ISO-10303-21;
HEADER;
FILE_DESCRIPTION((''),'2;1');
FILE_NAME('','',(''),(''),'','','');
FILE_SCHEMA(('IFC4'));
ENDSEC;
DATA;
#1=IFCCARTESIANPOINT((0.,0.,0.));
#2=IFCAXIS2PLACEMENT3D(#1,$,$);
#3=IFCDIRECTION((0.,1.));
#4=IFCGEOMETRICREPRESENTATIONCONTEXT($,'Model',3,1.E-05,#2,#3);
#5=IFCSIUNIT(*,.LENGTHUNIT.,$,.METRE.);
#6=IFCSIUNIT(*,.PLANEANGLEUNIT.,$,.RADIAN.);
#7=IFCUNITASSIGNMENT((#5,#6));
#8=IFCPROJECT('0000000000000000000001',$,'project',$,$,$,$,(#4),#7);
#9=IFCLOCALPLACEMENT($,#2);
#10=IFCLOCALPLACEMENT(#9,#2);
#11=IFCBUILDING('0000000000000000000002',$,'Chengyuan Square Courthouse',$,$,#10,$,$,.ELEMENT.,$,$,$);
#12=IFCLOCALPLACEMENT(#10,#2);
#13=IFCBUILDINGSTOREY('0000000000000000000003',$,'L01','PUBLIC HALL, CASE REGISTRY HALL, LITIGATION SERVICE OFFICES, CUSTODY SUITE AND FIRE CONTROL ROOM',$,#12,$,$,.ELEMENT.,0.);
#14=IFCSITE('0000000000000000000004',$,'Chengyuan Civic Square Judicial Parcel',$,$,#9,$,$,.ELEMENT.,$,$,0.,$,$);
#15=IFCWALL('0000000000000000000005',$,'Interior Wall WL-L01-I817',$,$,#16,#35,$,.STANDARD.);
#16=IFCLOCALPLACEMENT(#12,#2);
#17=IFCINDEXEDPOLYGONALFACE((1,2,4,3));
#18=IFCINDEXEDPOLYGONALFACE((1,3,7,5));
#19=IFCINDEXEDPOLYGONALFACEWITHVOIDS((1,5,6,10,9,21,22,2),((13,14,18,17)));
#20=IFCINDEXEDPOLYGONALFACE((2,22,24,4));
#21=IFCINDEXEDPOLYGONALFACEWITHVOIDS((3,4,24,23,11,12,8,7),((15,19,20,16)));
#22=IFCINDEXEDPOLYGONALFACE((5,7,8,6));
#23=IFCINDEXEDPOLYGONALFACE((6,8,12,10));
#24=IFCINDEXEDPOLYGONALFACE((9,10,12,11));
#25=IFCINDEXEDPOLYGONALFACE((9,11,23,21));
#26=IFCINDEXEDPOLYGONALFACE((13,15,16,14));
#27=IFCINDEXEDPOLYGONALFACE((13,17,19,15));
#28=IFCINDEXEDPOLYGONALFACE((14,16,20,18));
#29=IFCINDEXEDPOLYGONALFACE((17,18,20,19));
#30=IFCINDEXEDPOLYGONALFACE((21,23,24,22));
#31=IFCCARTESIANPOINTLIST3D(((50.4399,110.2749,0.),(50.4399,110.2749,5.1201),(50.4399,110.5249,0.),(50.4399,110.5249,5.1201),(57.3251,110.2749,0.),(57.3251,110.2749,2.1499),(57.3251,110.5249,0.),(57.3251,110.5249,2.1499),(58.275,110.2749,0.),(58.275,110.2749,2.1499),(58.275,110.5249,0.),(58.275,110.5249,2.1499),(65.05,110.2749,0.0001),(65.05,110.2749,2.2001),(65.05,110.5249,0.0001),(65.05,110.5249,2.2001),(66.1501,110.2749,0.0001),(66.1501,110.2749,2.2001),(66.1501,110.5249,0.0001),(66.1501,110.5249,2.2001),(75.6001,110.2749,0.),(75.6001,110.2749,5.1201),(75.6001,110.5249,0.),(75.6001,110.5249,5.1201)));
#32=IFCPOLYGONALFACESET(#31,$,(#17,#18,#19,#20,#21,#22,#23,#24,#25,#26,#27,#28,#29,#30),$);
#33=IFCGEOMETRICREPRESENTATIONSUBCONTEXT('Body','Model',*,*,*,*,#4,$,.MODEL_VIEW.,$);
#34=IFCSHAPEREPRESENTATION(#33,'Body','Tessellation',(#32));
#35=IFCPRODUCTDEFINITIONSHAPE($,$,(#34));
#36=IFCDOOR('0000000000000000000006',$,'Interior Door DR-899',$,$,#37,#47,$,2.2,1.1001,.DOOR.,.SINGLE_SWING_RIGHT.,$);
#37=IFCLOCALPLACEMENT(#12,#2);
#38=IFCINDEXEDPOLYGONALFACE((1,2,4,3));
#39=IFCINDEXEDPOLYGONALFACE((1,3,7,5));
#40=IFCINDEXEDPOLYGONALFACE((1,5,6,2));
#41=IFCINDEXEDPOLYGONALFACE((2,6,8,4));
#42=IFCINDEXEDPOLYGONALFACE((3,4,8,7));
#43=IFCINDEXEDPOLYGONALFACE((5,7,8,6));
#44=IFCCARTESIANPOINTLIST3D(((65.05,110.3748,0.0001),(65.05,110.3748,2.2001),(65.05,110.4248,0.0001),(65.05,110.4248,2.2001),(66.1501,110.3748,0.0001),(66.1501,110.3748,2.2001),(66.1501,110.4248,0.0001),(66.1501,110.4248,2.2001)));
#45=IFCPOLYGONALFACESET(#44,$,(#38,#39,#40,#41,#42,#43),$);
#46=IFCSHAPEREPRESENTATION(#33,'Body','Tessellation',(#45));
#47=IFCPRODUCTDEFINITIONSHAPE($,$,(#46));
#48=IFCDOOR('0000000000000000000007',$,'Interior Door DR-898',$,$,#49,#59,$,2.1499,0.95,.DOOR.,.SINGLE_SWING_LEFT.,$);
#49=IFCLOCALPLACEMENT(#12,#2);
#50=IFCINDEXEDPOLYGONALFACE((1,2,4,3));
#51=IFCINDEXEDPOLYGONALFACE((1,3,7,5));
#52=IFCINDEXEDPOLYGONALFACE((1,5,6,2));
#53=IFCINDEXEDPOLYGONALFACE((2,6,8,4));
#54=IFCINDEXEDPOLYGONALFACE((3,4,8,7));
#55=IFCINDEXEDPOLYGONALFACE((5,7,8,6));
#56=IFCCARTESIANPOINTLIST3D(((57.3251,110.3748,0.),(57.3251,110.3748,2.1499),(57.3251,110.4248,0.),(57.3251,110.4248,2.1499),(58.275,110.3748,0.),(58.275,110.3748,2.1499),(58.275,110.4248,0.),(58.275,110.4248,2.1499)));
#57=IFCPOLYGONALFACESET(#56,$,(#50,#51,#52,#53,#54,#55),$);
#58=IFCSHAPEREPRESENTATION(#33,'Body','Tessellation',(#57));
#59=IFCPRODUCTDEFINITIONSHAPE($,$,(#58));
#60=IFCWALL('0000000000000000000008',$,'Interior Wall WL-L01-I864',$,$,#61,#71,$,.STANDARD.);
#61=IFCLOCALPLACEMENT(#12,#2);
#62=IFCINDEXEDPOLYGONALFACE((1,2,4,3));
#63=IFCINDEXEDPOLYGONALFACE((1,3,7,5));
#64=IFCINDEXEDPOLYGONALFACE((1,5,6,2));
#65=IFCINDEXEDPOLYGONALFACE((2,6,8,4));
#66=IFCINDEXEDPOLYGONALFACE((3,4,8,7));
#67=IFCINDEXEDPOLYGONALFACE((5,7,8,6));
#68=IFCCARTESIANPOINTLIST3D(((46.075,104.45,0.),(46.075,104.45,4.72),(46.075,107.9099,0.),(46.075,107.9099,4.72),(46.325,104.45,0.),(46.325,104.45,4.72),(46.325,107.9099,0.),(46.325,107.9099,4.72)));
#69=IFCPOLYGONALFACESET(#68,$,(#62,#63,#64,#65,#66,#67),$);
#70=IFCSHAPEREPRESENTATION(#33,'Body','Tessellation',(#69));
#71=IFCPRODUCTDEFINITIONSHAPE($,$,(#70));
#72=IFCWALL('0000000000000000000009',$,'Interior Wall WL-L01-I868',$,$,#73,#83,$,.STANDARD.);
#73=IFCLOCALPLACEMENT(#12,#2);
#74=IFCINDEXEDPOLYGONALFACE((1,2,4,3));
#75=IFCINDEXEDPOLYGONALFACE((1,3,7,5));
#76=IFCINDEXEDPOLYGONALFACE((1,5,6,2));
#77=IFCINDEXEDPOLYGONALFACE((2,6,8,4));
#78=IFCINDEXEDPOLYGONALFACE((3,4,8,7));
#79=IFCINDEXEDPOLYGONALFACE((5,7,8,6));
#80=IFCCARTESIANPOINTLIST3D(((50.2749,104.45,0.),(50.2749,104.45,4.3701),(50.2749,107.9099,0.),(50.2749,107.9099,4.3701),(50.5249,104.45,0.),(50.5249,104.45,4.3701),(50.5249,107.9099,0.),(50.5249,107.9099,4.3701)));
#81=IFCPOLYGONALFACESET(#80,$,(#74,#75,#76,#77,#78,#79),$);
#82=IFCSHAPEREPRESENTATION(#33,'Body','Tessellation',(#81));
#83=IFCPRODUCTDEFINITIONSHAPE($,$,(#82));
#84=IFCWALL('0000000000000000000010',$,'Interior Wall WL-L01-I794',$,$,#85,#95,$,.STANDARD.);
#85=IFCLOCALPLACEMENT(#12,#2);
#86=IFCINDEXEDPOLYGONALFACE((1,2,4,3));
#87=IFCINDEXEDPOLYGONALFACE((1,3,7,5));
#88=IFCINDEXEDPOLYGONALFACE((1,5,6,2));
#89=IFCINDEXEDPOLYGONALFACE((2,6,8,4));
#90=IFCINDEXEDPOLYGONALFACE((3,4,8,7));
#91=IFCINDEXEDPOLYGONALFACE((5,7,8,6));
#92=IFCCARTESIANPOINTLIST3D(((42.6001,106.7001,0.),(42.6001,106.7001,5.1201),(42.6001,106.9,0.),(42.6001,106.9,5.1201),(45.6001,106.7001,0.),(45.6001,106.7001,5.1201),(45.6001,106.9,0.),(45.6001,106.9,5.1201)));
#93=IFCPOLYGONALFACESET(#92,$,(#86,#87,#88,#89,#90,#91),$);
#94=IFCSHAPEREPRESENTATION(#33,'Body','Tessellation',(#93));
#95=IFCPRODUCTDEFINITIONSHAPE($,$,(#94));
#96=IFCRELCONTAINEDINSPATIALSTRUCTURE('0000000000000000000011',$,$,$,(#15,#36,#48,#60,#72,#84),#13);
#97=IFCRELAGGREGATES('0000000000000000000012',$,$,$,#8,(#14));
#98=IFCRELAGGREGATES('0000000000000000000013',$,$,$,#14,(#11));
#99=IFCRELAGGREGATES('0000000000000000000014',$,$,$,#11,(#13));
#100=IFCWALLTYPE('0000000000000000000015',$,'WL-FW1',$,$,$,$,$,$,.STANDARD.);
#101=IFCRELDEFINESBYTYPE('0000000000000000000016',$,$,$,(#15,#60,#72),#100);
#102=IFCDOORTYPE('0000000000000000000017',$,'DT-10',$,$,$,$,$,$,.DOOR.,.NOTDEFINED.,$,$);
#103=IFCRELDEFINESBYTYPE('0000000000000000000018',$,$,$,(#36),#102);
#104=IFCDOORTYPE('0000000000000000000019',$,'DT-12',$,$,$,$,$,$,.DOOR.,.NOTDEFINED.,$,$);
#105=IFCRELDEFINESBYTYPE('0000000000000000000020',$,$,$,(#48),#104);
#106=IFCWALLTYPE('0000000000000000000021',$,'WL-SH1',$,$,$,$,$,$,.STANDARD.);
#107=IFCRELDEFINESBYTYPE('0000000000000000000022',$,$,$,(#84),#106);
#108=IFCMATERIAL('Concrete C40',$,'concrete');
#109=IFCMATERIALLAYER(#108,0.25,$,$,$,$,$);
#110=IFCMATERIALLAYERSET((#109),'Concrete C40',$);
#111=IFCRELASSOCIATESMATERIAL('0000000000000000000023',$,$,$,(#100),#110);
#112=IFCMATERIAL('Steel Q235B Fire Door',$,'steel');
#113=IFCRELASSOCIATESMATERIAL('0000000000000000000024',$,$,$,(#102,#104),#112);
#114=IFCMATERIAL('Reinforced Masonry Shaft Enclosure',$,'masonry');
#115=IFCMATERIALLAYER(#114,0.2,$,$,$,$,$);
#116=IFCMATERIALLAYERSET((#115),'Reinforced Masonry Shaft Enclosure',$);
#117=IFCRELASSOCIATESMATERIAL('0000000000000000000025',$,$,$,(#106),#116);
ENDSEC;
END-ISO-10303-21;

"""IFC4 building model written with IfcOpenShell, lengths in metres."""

from ifc_helpers import new_model, si_unit, direction, frame, frame_2d, origin, place, context, subcontext, project, spatial, rectangle, extrude, material, layer, layer_set, type_object, element, fill, save


model = new_model("IFC4")

# Units and contexts
model_context = context("Model", 3, precision=1e-05, world=origin(), true_north=direction((0.0, 1.0)))
body_context = subcontext(model_context, "Body", "Model", "MODEL_VIEW")
ifc_project = project(units=[si_unit("LENGTHUNIT", "METRE"), si_unit("PLANEANGLEUNIT", "RADIAN")], contexts=[model_context])

# Site, building, storey
site_placement = place(None, origin())
site = spatial("IfcSite", under=ifc_project, at=site_placement, Name="Chengyuan Civic Square Judicial Parcel", CompositionType="ELEMENT", RefElevation=0.0)
building_placement = place(site_placement, origin())
building = spatial("IfcBuilding", under=site, at=building_placement, Name="Chengyuan Square Courthouse", CompositionType="ELEMENT")
storey_placement = place(building_placement, origin())
storey = spatial("IfcBuildingStorey", under=building, at=storey_placement, Name="L01", Description="PUBLIC HALL, CASE REGISTRY HALL, LITIGATION SERVICE OFFICES, CUSTODY SUITE AND FIRE CONTROL ROOM", CompositionType="ELEMENT", Elevation=0.0)

# Shared definitions
ifc_material_1 = material(Name="Concrete C40", Category="concrete")

# Shared definitions
ifc_layer_1 = layer(ifc_material_1, 0.25)
ifc_layer_set_1 = layer_set([ifc_layer_1], Name="Concrete C40")
wall_type_1 = type_object("IfcWallType", Name="WL-FW1", PredefinedType="STANDARD", material=ifc_layer_set_1)

# Wall, openings, doors
wall_1_placement = place(storey_placement, frame((50.4399, 110.3999, 0.0), z_axis=(0.0, 0.0, 1.0), x_axis=(1.0, 0.0, 0.0)))
wall_1 = element("IfcWall", 1, at=wall_1_placement, inside=storey, type_object=wall_type_1, Name="Interior Wall WL-L01-I817", PredefinedType="STANDARD", context=body_context, shape_type="SweptSolid", body=[
    extrude(rectangle(XDim=25.1602, YDim=0.25, at=frame_2d((12.5801, 0.0))), origin(), (0.0, 0.0, 1.0), 5.1201),
])
opening_1_placement = place(wall_1_placement, frame((6.885, 0.0, 0.0)))
opening_1 = element("IfcOpeningElement", 2, at=opening_1_placement, cuts=wall_1, PredefinedType="OPENING", context=body_context, shape_type="SweptSolid", body=[
    extrude(rectangle(XDim=0.95, YDim=2.1499, at=frame_2d((0.4751, 1.075))), frame((0.0, 0.137, 0.0), z_axis=(0.0, -1.0, 0.0), x_axis=(1.0, 0.0, 0.0)), (0.0, 0.0, 1.0), 0.2739),
])
opening_2_placement = place(wall_1_placement, frame((14.6101, 0.0, 0.0)))
opening_2 = element("IfcOpeningElement", 3, at=opening_2_placement, cuts=wall_1, PredefinedType="OPENING", context=body_context, shape_type="SweptSolid", body=[
    extrude(rectangle(XDim=1.1001, YDim=2.2, at=frame_2d((0.55, 1.1001))), frame((0.0, 0.137, 0.0), z_axis=(0.0, -1.0, 0.0), x_axis=(1.0, 0.0, 0.0)), (0.0, 0.0, 1.0), 0.2739),
])
ifc_material_2 = material(Name="Steel Q235B Fire Door", Category="steel")
door_type_1 = type_object("IfcDoorType", Name="DT-10", OperationType="NOTDEFINED", PredefinedType="DOOR", material=ifc_material_2)
door_1_placement = place(opening_2_placement, origin())
door_1 = element("IfcDoor", 4, at=door_1_placement, inside=storey, type_object=door_type_1, Name="Interior Door DR-899", OperationType="SINGLE_SWING_RIGHT", OverallHeight=2.2, OverallWidth=1.1001, PredefinedType="DOOR", context=body_context, shape_type="SweptSolid", body=[
    extrude(rectangle(XDim=1.1001, YDim=2.2, at=frame_2d((0.55, 1.1001))), frame((0.0, 0.0249, 0.0), z_axis=(0.0, -1.0, 0.0), x_axis=(1.0, 0.0, 0.0)), (0.0, 0.0, 1.0), 0.05),
])
fill(opening_2, door_1)
door_type_2 = type_object("IfcDoorType", Name="DT-12", OperationType="NOTDEFINED", PredefinedType="DOOR", material=ifc_material_2)
door_2_placement = place(opening_1_placement, origin())
door_2 = element("IfcDoor", 5, at=door_2_placement, inside=storey, type_object=door_type_2, Name="Interior Door DR-898", OperationType="SINGLE_SWING_LEFT", OverallHeight=2.1499, OverallWidth=0.95, PredefinedType="DOOR", context=body_context, shape_type="SweptSolid", body=[
    extrude(rectangle(XDim=0.95, YDim=2.1499, at=frame_2d((0.4751, 1.075))), frame((0.0, 0.0249, 0.0), z_axis=(0.0, -1.0, 0.0), x_axis=(1.0, 0.0, 0.0)), (0.0, 0.0, 1.0), 0.05),
])
fill(opening_1, door_2)

# Walls
wall_2_placement = place(storey_placement, frame((46.2, 104.45, 0.0), z_axis=(0.0, 0.0, 1.0), x_axis=(0.0, 1.0, 0.0)))
element("IfcWall", 6, at=wall_2_placement, inside=storey, type_object=wall_type_1, Name="Interior Wall WL-L01-I864", PredefinedType="STANDARD", context=body_context, shape_type="SweptSolid", body=[
    extrude(rectangle(XDim=3.46, YDim=0.25, at=frame_2d((1.73, 0.0))), origin(), (0.0, 0.0, 1.0), 4.72),
])
wall_3_placement = place(storey_placement, frame((50.3999, 104.45, 0.0), z_axis=(0.0, 0.0, 1.0), x_axis=(0.0, 1.0, 0.0)))
element("IfcWall", 7, at=wall_3_placement, inside=storey, type_object=wall_type_1, Name="Interior Wall WL-L01-I868", PredefinedType="STANDARD", context=body_context, shape_type="SweptSolid", body=[
    extrude(rectangle(XDim=3.46, YDim=0.25, at=frame_2d((1.73, 0.0))), origin(), (0.0, 0.0, 1.0), 4.3701),
])
ifc_material_3 = material(Name="Reinforced Masonry Shaft Enclosure", Category="masonry")
ifc_layer_2 = layer(ifc_material_3, 0.2)
ifc_layer_set_2 = layer_set([ifc_layer_2], Name="Reinforced Masonry Shaft Enclosure")
wall_type_2 = type_object("IfcWallType", Name="WL-SH1", PredefinedType="STANDARD", material=ifc_layer_set_2)
wall_4_placement = place(storey_placement, frame((42.6001, 106.8, 0.0), z_axis=(0.0, 0.0, 1.0), x_axis=(1.0, 0.0, 0.0)))
element("IfcWall", 8, at=wall_4_placement, inside=storey, type_object=wall_type_2, Name="Interior Wall WL-L01-I794", PredefinedType="STANDARD", context=body_context, shape_type="SweptSolid", body=[
    extrude(rectangle(XDim=3.0, YDim=0.2, at=frame_2d((1.5, 0.0))), origin(), (0.0, 0.0, 1.0), 5.1201),
])

save(model, "model.ifc")
